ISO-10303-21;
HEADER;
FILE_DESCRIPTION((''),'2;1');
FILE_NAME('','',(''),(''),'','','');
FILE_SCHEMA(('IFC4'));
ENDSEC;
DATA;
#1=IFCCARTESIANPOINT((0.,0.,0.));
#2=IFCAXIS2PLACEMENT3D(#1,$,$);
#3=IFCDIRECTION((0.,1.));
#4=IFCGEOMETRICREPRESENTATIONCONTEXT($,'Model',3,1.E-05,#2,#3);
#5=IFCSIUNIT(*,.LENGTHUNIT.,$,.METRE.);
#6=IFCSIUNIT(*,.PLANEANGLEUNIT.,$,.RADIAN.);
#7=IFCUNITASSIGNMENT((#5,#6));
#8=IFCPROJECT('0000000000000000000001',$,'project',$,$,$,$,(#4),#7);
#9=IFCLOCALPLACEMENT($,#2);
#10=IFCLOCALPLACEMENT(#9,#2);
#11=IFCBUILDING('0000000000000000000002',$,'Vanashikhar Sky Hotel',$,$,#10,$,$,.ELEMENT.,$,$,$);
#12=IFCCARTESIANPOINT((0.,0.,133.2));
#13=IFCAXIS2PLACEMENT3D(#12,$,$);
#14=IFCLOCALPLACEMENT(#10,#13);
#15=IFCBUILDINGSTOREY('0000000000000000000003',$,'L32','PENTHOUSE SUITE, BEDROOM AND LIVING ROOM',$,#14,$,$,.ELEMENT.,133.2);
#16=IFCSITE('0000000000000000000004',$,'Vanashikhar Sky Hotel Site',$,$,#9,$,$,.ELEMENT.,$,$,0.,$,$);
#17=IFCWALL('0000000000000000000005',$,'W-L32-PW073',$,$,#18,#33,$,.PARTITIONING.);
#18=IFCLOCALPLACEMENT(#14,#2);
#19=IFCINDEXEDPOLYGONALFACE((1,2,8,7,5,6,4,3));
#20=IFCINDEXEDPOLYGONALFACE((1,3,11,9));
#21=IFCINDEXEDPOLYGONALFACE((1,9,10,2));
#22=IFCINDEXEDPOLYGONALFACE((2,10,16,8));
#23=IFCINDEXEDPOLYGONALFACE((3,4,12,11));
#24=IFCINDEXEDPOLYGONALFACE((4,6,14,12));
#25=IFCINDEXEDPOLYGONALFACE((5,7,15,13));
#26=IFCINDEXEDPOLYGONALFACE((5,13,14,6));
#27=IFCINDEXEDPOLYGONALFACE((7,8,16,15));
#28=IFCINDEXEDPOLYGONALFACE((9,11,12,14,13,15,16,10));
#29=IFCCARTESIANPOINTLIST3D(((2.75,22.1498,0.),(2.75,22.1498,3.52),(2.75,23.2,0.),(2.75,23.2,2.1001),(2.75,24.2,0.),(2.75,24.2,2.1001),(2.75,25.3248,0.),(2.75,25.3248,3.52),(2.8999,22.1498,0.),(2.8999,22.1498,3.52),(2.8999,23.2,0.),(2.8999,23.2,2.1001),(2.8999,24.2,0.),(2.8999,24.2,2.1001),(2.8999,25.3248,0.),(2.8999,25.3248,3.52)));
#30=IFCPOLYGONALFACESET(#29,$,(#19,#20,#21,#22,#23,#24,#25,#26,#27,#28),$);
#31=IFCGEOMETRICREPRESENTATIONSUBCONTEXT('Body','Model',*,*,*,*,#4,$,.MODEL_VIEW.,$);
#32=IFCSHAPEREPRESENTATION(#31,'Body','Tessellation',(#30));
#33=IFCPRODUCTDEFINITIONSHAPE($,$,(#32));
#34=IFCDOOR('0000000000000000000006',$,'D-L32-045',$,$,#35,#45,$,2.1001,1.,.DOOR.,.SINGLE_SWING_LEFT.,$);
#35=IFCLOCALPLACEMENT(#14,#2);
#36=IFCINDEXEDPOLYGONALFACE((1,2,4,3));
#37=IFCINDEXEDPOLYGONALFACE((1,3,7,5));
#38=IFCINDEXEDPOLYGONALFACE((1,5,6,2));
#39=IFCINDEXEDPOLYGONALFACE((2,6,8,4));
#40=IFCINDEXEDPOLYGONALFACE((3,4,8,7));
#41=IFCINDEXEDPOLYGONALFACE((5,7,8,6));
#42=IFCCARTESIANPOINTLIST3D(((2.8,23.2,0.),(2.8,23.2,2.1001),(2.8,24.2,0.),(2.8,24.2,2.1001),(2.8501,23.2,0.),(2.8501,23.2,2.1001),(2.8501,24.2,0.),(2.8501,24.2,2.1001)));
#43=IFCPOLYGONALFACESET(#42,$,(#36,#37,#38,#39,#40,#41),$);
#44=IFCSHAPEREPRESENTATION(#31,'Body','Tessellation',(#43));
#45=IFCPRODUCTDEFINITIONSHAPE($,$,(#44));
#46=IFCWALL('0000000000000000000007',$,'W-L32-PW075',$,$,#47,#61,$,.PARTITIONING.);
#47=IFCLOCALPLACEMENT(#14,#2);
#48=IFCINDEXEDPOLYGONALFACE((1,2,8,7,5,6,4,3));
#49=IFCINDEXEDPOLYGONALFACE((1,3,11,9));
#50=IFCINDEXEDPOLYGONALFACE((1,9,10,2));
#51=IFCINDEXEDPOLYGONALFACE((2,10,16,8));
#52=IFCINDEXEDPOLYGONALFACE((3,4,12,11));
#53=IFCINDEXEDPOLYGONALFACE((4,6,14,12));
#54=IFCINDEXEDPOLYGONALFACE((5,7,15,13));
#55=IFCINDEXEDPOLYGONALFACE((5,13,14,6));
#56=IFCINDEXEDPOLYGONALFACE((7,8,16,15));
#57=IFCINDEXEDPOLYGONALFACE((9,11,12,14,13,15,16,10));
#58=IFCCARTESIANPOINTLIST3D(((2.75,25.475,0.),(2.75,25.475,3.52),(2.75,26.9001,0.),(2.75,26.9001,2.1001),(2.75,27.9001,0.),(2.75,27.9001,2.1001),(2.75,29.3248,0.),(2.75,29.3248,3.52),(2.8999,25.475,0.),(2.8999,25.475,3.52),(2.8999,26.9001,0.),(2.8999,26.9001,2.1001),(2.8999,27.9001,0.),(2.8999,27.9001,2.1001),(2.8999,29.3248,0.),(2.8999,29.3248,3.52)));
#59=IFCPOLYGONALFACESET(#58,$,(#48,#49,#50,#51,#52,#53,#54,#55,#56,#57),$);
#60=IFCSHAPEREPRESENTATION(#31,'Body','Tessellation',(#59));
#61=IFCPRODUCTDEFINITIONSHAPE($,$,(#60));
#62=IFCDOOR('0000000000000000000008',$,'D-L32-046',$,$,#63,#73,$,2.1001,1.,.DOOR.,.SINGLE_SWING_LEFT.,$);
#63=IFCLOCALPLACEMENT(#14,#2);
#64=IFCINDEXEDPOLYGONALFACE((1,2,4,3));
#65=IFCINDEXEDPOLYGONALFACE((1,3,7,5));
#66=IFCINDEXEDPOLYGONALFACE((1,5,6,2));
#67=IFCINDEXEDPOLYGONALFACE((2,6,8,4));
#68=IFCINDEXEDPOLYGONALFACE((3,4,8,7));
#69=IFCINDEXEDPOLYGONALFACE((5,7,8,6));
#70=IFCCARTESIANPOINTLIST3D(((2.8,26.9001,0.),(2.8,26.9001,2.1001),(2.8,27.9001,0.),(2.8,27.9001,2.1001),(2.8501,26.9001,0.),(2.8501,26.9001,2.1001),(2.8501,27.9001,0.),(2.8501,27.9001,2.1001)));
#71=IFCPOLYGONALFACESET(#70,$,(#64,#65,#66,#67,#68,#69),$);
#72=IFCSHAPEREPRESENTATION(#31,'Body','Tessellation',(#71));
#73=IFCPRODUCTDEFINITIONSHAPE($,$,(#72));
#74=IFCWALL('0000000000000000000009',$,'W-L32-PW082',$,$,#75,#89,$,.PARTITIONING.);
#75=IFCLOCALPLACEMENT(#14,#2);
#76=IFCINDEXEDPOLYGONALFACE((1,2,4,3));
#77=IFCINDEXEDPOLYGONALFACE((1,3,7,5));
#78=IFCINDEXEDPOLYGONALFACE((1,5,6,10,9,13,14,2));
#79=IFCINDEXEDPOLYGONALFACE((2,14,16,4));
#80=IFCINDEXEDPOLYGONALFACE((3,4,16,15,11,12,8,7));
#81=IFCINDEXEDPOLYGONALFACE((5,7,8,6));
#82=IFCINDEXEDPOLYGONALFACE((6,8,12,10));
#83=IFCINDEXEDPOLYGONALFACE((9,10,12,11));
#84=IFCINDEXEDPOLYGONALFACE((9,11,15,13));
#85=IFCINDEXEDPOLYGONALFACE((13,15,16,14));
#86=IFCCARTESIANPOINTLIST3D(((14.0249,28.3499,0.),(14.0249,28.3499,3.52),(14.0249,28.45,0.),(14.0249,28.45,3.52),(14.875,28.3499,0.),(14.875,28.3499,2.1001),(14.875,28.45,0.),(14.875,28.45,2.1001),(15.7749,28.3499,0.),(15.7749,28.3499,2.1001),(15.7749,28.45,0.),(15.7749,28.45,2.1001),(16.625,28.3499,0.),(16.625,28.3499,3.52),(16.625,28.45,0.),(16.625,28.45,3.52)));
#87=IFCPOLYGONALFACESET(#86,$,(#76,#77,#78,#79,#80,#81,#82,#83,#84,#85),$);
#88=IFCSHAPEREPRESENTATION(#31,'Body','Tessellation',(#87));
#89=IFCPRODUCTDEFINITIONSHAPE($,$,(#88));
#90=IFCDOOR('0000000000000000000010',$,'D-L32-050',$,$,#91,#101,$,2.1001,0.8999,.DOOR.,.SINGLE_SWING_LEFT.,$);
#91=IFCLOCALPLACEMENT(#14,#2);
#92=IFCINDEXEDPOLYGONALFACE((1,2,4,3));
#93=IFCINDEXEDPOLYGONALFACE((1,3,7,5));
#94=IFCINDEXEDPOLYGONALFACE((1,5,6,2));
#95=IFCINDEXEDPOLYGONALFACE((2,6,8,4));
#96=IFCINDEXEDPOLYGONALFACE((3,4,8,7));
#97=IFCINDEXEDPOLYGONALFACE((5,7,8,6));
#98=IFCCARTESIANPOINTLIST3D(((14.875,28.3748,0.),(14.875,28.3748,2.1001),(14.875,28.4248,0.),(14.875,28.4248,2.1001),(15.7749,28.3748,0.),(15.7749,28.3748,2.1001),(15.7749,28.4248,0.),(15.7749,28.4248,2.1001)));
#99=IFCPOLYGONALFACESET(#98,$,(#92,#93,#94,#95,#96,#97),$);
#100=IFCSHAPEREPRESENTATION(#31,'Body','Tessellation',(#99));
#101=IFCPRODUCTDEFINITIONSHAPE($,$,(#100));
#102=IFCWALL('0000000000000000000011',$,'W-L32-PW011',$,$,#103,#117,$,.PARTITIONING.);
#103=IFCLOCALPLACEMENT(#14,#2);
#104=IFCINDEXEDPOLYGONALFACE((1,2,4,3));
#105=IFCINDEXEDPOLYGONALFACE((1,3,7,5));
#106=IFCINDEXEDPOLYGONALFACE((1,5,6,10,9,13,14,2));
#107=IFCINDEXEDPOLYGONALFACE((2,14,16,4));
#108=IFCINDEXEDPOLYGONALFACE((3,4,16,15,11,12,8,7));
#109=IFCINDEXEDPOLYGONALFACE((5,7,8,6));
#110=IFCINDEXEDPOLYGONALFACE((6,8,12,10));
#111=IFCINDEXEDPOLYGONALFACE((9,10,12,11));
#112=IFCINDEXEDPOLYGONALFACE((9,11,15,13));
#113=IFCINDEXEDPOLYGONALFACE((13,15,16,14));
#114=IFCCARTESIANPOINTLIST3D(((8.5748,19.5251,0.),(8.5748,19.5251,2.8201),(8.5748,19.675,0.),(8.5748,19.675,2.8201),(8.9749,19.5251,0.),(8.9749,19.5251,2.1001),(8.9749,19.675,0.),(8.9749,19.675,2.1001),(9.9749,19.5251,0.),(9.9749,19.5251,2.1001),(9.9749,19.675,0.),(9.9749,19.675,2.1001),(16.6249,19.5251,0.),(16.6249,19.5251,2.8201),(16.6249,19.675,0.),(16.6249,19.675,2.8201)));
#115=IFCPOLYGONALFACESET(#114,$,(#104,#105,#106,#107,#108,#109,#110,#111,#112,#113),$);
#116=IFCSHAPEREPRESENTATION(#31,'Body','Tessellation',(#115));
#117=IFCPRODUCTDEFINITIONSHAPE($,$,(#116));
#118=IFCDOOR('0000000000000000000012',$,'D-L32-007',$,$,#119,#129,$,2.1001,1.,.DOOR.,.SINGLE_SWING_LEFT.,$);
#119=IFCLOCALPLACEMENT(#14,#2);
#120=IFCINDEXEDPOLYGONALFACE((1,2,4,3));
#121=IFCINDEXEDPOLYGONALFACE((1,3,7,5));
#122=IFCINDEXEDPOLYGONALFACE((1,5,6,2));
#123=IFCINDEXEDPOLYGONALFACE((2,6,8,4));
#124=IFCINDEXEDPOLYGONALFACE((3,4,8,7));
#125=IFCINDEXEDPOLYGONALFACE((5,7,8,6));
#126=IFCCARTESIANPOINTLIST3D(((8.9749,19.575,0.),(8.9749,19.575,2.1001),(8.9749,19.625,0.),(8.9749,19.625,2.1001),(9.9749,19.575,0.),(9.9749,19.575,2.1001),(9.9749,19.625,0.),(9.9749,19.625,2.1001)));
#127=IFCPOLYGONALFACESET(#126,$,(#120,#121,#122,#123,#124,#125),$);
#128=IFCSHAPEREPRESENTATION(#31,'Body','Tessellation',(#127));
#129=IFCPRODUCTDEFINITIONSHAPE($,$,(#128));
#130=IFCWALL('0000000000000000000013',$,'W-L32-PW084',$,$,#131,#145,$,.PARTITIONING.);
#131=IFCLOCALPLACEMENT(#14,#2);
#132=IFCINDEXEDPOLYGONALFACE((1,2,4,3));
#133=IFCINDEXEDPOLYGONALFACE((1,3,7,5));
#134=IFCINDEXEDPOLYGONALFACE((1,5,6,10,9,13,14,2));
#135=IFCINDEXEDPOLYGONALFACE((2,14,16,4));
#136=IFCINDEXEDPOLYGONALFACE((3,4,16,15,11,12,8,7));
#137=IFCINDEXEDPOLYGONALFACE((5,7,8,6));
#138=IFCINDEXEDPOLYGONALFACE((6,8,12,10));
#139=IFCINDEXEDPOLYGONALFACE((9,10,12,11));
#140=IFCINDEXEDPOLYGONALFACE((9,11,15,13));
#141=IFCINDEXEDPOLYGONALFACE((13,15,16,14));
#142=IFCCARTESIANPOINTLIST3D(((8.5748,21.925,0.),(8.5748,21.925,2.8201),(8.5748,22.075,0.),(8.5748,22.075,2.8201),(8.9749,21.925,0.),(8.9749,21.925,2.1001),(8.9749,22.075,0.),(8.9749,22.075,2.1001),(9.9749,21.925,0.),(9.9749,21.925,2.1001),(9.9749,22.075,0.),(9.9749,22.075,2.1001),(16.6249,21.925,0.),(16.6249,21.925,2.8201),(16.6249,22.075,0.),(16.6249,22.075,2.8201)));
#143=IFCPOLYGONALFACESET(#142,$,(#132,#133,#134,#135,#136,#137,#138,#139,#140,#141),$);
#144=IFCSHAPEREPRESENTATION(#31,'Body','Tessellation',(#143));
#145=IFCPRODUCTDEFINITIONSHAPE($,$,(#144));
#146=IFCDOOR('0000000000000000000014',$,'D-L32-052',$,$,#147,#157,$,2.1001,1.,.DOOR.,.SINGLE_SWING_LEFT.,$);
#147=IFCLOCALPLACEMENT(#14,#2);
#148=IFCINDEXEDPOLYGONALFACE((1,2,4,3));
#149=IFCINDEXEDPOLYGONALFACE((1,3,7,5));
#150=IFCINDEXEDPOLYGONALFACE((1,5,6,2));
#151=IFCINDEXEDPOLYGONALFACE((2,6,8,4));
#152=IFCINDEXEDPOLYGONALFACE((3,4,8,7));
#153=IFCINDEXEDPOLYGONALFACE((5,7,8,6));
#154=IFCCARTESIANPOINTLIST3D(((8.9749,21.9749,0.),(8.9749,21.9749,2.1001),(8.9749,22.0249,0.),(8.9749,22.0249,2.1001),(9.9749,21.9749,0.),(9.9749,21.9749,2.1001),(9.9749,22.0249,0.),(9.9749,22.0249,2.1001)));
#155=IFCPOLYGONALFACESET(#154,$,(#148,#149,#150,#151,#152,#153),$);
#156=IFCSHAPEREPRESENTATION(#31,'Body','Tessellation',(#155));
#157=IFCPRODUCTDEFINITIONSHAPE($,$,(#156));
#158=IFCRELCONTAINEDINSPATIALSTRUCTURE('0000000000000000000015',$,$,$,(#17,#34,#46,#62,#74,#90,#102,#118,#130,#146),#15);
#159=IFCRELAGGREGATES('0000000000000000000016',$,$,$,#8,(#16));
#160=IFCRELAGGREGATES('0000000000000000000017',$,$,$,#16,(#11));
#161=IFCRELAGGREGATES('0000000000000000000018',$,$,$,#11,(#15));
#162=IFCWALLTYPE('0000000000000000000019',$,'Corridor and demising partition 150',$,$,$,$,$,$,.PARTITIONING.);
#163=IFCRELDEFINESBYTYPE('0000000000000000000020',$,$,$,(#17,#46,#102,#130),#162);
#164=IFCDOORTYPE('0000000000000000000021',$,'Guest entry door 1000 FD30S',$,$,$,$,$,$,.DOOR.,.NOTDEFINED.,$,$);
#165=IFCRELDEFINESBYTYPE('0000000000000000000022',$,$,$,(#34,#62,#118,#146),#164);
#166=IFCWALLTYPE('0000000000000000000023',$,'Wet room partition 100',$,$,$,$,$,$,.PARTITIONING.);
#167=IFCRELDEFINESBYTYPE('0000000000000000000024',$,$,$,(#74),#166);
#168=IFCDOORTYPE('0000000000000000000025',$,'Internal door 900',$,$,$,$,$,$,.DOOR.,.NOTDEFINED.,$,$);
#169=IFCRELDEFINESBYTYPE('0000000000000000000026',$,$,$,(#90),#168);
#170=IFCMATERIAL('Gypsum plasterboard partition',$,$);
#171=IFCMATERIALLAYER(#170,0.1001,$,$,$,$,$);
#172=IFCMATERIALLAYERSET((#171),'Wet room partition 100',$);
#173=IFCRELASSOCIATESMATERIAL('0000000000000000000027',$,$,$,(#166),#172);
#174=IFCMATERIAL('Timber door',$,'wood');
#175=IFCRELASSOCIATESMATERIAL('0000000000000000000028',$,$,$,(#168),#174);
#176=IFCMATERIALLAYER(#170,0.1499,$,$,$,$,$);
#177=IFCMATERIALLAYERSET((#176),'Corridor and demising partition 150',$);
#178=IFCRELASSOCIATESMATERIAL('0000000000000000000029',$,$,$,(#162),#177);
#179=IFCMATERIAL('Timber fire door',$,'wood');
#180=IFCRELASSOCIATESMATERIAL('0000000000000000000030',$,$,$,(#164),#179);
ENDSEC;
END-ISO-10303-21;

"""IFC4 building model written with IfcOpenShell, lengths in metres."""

from ifc_helpers import new_model, si_unit, direction, frame, frame_2d, origin, place, context, subcontext, project, spatial, rectangle, extrude, source, transform, mapped, material, layer, layer_set, type_object, element, fill, save


model = new_model("IFC4")

# Units and contexts
model_context = context("Model", 3, precision=1e-05, world=origin(), true_north=direction((0.0, 1.0)))
body_context = subcontext(model_context, "Body", "Model", "MODEL_VIEW")
ifc_project = project(units=[si_unit("LENGTHUNIT", "METRE"), si_unit("PLANEANGLEUNIT", "RADIAN")], contexts=[model_context])

# Site, building, storey
site_placement = place(None, origin())
site = spatial("IfcSite", under=ifc_project, at=site_placement, Name="Vanashikhar Sky Hotel Site", CompositionType="ELEMENT", RefElevation=0.0)
building_placement = place(site_placement, origin())
building = spatial("IfcBuilding", under=site, at=building_placement, Name="Vanashikhar Sky Hotel", CompositionType="ELEMENT")
storey_placement = place(building_placement, frame((0.0, 0.0, 133.2)))
storey = spatial("IfcBuildingStorey", under=building, at=storey_placement, Name="L32", Description="PENTHOUSE SUITE, BEDROOM AND LIVING ROOM", CompositionType="ELEMENT", Elevation=133.2)

# Shared definitions
ifc_material_1 = material(Name="Gypsum plasterboard partition")
ifc_layer_1 = layer(ifc_material_1, 0.1001)
ifc_layer_set_1 = layer_set([ifc_layer_1], Name="Wet room partition 100")
wall_type_1 = type_object("IfcWallType", Name="Wet room partition 100", PredefinedType="PARTITIONING", material=ifc_layer_set_1)
shared_shape_1 = source(origin(), body_context, "Body", "SweptSolid", [
    extrude(rectangle(XDim=0.8999, YDim=2.1001, at=frame_2d((0.45, 1.05))), frame((0.0, 0.0601, 0.0), z_axis=(0.0, -1.0, 0.0), x_axis=(1.0, 0.0, 0.0)), (0.0, 0.0, 1.0), 0.1201),
])
ifc_material_2 = material(Name="Timber door", Category="wood")
door_type_1 = type_object("IfcDoorType", Name="Internal door 900", OperationType="NOTDEFINED", PredefinedType="DOOR", material=ifc_material_2)
shared_shape_2 = source(origin(), body_context, "Body", "SweptSolid", [
    extrude(rectangle(XDim=0.8999, YDim=2.1001, at=frame_2d((0.45, 1.05))), frame((0.0, 0.0249, 0.0), z_axis=(0.0, -1.0, 0.0), x_axis=(1.0, 0.0, 0.0)), (0.0, 0.0, 1.0), 0.05),
])

# Walls, openings, doors
ifc_layer_2 = layer(ifc_material_1, 0.1499)
ifc_layer_set_2 = layer_set([ifc_layer_2], Name="Corridor and demising partition 150")
wall_type_2 = type_object("IfcWallType", Name="Corridor and demising partition 150", PredefinedType="PARTITIONING", material=ifc_layer_set_2)
shared_shape_3 = source(origin(), body_context, "Body", "SweptSolid", [
    extrude(rectangle(XDim=3.175, YDim=0.1499, at=frame_2d((1.5874, 0.0))), origin(), (0.0, 0.0, 1.0), 3.52),
])
wall_1_placement = place(storey_placement, frame((2.825, 22.1499, 0.0), z_axis=(0.0, 0.0, 1.0), x_axis=(0.0, 1.0, 0.0)))
wall_1 = element("IfcWall", 1, at=wall_1_placement, inside=storey, type_object=wall_type_2, Name="W-L32-PW073", PredefinedType="PARTITIONING", context=body_context, shape_type="MappedRepresentation", body=[
    mapped(shared_shape_3, transform((0.0, 0.0, 0.0), scale=1.0)),
])
shared_shape_4 = source(origin(), body_context, "Body", "SweptSolid", [
    extrude(rectangle(XDim=1.0, YDim=2.1001, at=frame_2d((0.5, 1.05))), frame((0.0, 0.085, 0.0), z_axis=(0.0, -1.0, 0.0), x_axis=(1.0, 0.0, 0.0)), (0.0, 0.0, 1.0), 0.1699),
])
opening_1_placement = place(wall_1_placement, frame((1.05, 0.0, 0.0)))
opening_1 = element("IfcOpeningElement", 2, at=opening_1_placement, cuts=wall_1, PredefinedType="OPENING", context=body_context, shape_type="MappedRepresentation", body=[
    mapped(shared_shape_4, transform((0.0, 0.0, 0.0), scale=1.0)),
])
ifc_material_3 = material(Name="Timber fire door", Category="wood")
door_type_2 = type_object("IfcDoorType", Name="Guest entry door 1000 FD30S", OperationType="NOTDEFINED", PredefinedType="DOOR", material=ifc_material_3)
shared_shape_5 = source(origin(), body_context, "Body", "SweptSolid", [
    extrude(rectangle(XDim=1.0, YDim=2.1001, at=frame_2d((0.5, 1.05))), frame((0.0, 0.0249, 0.0), z_axis=(0.0, -1.0, 0.0), x_axis=(1.0, 0.0, 0.0)), (0.0, 0.0, 1.0), 0.05),
])
door_1_placement = place(opening_1_placement, origin())
door_1 = element("IfcDoor", 3, at=door_1_placement, inside=storey, type_object=door_type_2, Name="D-L32-045", OperationType="SINGLE_SWING_LEFT", OverallHeight=2.1001, OverallWidth=1.0, PredefinedType="DOOR", context=body_context, shape_type="MappedRepresentation", body=[
    mapped(shared_shape_5, transform((0.0, 0.0, 0.0), scale=1.0)),
])
fill(opening_1, door_1)
shared_shape_6 = source(origin(), body_context, "Body", "SweptSolid", [
    extrude(rectangle(XDim=3.8499, YDim=0.1499, at=frame_2d((1.9248, 0.0))), origin(), (0.0, 0.0, 1.0), 3.52),
])
wall_2_placement = place(storey_placement, frame((2.825, 25.4751, 0.0), z_axis=(0.0, 0.0, 1.0), x_axis=(0.0, 1.0, 0.0)))
wall_2 = element("IfcWall", 4, at=wall_2_placement, inside=storey, type_object=wall_type_2, Name="W-L32-PW075", PredefinedType="PARTITIONING", context=body_context, shape_type="MappedRepresentation", body=[
    mapped(shared_shape_6, transform((0.0, 0.0, 0.0), scale=1.0)),
])
opening_2_placement = place(wall_2_placement, frame((1.425, 0.0, 0.0)))
opening_2 = element("IfcOpeningElement", 5, at=opening_2_placement, cuts=wall_2, PredefinedType="OPENING", context=body_context, shape_type="MappedRepresentation", body=[
    mapped(shared_shape_4, transform((0.0, 0.0, 0.0), scale=1.0)),
])
door_2_placement = place(opening_2_placement, origin())
door_2 = element("IfcDoor", 6, at=door_2_placement, inside=storey, type_object=door_type_2, Name="D-L32-046", OperationType="SINGLE_SWING_LEFT", OverallHeight=2.1001, OverallWidth=1.0, PredefinedType="DOOR", context=body_context, shape_type="MappedRepresentation", body=[
    mapped(shared_shape_5, transform((0.0, 0.0, 0.0), scale=1.0)),
])
fill(opening_2, door_2)
shared_shape_7 = source(origin(), body_context, "Body", "SweptSolid", [
    extrude(rectangle(XDim=2.6001, YDim=0.1001, at=frame_2d((1.3, 0.0))), origin(), (0.0, 0.0, 1.0), 3.52),
])
wall_3_placement = place(storey_placement, frame((14.0249, 28.3999, 0.0), z_axis=(0.0, 0.0, 1.0), x_axis=(1.0, 0.0, 0.0)))
wall_3 = element("IfcWall", 7, at=wall_3_placement, inside=storey, type_object=wall_type_1, Name="W-L32-PW082", PredefinedType="PARTITIONING", context=body_context, shape_type="MappedRepresentation", body=[
    mapped(shared_shape_7, transform((0.0, 0.0, 0.0), scale=1.0)),
])
opening_3_placement = place(wall_3_placement, frame((0.8501, 0.0, 0.0)))
opening_3 = element("IfcOpeningElement", 8, at=opening_3_placement, cuts=wall_3, PredefinedType="OPENING", context=body_context, shape_type="MappedRepresentation", body=[
    mapped(shared_shape_1, transform((0.0, 0.0, 0.0), scale=1.0)),
])
door_3_placement = place(opening_3_placement, origin())
door_3 = element("IfcDoor", 9, at=door_3_placement, inside=storey, type_object=door_type_1, Name="D-L32-050", OperationType="SINGLE_SWING_LEFT", OverallHeight=2.1001, OverallWidth=0.8999, PredefinedType="DOOR", context=body_context, shape_type="MappedRepresentation", body=[
    mapped(shared_shape_2, transform((0.0, 0.0, 0.0), scale=1.0)),
])
fill(opening_3, door_3)
shared_shape_8 = source(origin(), body_context, "Body", "SweptSolid", [
    extrude(rectangle(XDim=8.05, YDim=0.1499, at=frame_2d((4.0249, 0.0))), origin(), (0.0, 0.0, 1.0), 2.8201),
])
wall_4_placement = place(storey_placement, frame((8.575, 19.6001, 0.0), z_axis=(0.0, 0.0, 1.0), x_axis=(1.0, 0.0, 0.0)))
wall_4 = element("IfcWall", 10, at=wall_4_placement, inside=storey, type_object=wall_type_2, Name="W-L32-PW011", PredefinedType="PARTITIONING", context=body_context, shape_type="MappedRepresentation", body=[
    mapped(shared_shape_8, transform((0.0, 0.0, 0.0), scale=1.0)),
])
opening_4_placement = place(wall_4_placement, frame((0.3999, 0.0, 0.0)))
opening_4 = element("IfcOpeningElement", 11, at=opening_4_placement, cuts=wall_4, PredefinedType="OPENING", context=body_context, shape_type="MappedRepresentation", body=[
    mapped(shared_shape_4, transform((0.0, 0.0, 0.0), scale=1.0)),
])
door_4_placement = place(opening_4_placement, origin())
door_4 = element("IfcDoor", 12, at=door_4_placement, inside=storey, type_object=door_type_2, Name="D-L32-007", OperationType="SINGLE_SWING_LEFT", OverallHeight=2.1001, OverallWidth=1.0, PredefinedType="DOOR", context=body_context, shape_type="MappedRepresentation", body=[
    mapped(shared_shape_5, transform((0.0, 0.0, 0.0), scale=1.0)),
])
fill(opening_4, door_4)
wall_5_placement = place(storey_placement, frame((8.575, 22.0, 0.0), z_axis=(0.0, 0.0, 1.0), x_axis=(1.0, 0.0, 0.0)))
wall_5 = element("IfcWall", 13, at=wall_5_placement, inside=storey, type_object=wall_type_2, Name="W-L32-PW084", PredefinedType="PARTITIONING", context=body_context, shape_type="MappedRepresentation", body=[
    mapped(shared_shape_8, transform((0.0, 0.0, 0.0), scale=1.0)),
])
opening_5_placement = place(wall_5_placement, frame((0.3999, 0.0, 0.0)))
opening_5 = element("IfcOpeningElement", 14, at=opening_5_placement, cuts=wall_5, PredefinedType="OPENING", context=body_context, shape_type="MappedRepresentation", body=[
    mapped(shared_shape_4, transform((0.0, 0.0, 0.0), scale=1.0)),
])
door_5_placement = place(opening_5_placement, origin())
door_5 = element("IfcDoor", 15, at=door_5_placement, inside=storey, type_object=door_type_2, Name="D-L32-052", OperationType="SINGLE_SWING_LEFT", OverallHeight=2.1001, OverallWidth=1.0, PredefinedType="DOOR", context=body_context, shape_type="MappedRepresentation", body=[
    mapped(shared_shape_5, transform((0.0, 0.0, 0.0), scale=1.0)),
])
fill(opening_5, door_5)

save(model, "model.ifc")
